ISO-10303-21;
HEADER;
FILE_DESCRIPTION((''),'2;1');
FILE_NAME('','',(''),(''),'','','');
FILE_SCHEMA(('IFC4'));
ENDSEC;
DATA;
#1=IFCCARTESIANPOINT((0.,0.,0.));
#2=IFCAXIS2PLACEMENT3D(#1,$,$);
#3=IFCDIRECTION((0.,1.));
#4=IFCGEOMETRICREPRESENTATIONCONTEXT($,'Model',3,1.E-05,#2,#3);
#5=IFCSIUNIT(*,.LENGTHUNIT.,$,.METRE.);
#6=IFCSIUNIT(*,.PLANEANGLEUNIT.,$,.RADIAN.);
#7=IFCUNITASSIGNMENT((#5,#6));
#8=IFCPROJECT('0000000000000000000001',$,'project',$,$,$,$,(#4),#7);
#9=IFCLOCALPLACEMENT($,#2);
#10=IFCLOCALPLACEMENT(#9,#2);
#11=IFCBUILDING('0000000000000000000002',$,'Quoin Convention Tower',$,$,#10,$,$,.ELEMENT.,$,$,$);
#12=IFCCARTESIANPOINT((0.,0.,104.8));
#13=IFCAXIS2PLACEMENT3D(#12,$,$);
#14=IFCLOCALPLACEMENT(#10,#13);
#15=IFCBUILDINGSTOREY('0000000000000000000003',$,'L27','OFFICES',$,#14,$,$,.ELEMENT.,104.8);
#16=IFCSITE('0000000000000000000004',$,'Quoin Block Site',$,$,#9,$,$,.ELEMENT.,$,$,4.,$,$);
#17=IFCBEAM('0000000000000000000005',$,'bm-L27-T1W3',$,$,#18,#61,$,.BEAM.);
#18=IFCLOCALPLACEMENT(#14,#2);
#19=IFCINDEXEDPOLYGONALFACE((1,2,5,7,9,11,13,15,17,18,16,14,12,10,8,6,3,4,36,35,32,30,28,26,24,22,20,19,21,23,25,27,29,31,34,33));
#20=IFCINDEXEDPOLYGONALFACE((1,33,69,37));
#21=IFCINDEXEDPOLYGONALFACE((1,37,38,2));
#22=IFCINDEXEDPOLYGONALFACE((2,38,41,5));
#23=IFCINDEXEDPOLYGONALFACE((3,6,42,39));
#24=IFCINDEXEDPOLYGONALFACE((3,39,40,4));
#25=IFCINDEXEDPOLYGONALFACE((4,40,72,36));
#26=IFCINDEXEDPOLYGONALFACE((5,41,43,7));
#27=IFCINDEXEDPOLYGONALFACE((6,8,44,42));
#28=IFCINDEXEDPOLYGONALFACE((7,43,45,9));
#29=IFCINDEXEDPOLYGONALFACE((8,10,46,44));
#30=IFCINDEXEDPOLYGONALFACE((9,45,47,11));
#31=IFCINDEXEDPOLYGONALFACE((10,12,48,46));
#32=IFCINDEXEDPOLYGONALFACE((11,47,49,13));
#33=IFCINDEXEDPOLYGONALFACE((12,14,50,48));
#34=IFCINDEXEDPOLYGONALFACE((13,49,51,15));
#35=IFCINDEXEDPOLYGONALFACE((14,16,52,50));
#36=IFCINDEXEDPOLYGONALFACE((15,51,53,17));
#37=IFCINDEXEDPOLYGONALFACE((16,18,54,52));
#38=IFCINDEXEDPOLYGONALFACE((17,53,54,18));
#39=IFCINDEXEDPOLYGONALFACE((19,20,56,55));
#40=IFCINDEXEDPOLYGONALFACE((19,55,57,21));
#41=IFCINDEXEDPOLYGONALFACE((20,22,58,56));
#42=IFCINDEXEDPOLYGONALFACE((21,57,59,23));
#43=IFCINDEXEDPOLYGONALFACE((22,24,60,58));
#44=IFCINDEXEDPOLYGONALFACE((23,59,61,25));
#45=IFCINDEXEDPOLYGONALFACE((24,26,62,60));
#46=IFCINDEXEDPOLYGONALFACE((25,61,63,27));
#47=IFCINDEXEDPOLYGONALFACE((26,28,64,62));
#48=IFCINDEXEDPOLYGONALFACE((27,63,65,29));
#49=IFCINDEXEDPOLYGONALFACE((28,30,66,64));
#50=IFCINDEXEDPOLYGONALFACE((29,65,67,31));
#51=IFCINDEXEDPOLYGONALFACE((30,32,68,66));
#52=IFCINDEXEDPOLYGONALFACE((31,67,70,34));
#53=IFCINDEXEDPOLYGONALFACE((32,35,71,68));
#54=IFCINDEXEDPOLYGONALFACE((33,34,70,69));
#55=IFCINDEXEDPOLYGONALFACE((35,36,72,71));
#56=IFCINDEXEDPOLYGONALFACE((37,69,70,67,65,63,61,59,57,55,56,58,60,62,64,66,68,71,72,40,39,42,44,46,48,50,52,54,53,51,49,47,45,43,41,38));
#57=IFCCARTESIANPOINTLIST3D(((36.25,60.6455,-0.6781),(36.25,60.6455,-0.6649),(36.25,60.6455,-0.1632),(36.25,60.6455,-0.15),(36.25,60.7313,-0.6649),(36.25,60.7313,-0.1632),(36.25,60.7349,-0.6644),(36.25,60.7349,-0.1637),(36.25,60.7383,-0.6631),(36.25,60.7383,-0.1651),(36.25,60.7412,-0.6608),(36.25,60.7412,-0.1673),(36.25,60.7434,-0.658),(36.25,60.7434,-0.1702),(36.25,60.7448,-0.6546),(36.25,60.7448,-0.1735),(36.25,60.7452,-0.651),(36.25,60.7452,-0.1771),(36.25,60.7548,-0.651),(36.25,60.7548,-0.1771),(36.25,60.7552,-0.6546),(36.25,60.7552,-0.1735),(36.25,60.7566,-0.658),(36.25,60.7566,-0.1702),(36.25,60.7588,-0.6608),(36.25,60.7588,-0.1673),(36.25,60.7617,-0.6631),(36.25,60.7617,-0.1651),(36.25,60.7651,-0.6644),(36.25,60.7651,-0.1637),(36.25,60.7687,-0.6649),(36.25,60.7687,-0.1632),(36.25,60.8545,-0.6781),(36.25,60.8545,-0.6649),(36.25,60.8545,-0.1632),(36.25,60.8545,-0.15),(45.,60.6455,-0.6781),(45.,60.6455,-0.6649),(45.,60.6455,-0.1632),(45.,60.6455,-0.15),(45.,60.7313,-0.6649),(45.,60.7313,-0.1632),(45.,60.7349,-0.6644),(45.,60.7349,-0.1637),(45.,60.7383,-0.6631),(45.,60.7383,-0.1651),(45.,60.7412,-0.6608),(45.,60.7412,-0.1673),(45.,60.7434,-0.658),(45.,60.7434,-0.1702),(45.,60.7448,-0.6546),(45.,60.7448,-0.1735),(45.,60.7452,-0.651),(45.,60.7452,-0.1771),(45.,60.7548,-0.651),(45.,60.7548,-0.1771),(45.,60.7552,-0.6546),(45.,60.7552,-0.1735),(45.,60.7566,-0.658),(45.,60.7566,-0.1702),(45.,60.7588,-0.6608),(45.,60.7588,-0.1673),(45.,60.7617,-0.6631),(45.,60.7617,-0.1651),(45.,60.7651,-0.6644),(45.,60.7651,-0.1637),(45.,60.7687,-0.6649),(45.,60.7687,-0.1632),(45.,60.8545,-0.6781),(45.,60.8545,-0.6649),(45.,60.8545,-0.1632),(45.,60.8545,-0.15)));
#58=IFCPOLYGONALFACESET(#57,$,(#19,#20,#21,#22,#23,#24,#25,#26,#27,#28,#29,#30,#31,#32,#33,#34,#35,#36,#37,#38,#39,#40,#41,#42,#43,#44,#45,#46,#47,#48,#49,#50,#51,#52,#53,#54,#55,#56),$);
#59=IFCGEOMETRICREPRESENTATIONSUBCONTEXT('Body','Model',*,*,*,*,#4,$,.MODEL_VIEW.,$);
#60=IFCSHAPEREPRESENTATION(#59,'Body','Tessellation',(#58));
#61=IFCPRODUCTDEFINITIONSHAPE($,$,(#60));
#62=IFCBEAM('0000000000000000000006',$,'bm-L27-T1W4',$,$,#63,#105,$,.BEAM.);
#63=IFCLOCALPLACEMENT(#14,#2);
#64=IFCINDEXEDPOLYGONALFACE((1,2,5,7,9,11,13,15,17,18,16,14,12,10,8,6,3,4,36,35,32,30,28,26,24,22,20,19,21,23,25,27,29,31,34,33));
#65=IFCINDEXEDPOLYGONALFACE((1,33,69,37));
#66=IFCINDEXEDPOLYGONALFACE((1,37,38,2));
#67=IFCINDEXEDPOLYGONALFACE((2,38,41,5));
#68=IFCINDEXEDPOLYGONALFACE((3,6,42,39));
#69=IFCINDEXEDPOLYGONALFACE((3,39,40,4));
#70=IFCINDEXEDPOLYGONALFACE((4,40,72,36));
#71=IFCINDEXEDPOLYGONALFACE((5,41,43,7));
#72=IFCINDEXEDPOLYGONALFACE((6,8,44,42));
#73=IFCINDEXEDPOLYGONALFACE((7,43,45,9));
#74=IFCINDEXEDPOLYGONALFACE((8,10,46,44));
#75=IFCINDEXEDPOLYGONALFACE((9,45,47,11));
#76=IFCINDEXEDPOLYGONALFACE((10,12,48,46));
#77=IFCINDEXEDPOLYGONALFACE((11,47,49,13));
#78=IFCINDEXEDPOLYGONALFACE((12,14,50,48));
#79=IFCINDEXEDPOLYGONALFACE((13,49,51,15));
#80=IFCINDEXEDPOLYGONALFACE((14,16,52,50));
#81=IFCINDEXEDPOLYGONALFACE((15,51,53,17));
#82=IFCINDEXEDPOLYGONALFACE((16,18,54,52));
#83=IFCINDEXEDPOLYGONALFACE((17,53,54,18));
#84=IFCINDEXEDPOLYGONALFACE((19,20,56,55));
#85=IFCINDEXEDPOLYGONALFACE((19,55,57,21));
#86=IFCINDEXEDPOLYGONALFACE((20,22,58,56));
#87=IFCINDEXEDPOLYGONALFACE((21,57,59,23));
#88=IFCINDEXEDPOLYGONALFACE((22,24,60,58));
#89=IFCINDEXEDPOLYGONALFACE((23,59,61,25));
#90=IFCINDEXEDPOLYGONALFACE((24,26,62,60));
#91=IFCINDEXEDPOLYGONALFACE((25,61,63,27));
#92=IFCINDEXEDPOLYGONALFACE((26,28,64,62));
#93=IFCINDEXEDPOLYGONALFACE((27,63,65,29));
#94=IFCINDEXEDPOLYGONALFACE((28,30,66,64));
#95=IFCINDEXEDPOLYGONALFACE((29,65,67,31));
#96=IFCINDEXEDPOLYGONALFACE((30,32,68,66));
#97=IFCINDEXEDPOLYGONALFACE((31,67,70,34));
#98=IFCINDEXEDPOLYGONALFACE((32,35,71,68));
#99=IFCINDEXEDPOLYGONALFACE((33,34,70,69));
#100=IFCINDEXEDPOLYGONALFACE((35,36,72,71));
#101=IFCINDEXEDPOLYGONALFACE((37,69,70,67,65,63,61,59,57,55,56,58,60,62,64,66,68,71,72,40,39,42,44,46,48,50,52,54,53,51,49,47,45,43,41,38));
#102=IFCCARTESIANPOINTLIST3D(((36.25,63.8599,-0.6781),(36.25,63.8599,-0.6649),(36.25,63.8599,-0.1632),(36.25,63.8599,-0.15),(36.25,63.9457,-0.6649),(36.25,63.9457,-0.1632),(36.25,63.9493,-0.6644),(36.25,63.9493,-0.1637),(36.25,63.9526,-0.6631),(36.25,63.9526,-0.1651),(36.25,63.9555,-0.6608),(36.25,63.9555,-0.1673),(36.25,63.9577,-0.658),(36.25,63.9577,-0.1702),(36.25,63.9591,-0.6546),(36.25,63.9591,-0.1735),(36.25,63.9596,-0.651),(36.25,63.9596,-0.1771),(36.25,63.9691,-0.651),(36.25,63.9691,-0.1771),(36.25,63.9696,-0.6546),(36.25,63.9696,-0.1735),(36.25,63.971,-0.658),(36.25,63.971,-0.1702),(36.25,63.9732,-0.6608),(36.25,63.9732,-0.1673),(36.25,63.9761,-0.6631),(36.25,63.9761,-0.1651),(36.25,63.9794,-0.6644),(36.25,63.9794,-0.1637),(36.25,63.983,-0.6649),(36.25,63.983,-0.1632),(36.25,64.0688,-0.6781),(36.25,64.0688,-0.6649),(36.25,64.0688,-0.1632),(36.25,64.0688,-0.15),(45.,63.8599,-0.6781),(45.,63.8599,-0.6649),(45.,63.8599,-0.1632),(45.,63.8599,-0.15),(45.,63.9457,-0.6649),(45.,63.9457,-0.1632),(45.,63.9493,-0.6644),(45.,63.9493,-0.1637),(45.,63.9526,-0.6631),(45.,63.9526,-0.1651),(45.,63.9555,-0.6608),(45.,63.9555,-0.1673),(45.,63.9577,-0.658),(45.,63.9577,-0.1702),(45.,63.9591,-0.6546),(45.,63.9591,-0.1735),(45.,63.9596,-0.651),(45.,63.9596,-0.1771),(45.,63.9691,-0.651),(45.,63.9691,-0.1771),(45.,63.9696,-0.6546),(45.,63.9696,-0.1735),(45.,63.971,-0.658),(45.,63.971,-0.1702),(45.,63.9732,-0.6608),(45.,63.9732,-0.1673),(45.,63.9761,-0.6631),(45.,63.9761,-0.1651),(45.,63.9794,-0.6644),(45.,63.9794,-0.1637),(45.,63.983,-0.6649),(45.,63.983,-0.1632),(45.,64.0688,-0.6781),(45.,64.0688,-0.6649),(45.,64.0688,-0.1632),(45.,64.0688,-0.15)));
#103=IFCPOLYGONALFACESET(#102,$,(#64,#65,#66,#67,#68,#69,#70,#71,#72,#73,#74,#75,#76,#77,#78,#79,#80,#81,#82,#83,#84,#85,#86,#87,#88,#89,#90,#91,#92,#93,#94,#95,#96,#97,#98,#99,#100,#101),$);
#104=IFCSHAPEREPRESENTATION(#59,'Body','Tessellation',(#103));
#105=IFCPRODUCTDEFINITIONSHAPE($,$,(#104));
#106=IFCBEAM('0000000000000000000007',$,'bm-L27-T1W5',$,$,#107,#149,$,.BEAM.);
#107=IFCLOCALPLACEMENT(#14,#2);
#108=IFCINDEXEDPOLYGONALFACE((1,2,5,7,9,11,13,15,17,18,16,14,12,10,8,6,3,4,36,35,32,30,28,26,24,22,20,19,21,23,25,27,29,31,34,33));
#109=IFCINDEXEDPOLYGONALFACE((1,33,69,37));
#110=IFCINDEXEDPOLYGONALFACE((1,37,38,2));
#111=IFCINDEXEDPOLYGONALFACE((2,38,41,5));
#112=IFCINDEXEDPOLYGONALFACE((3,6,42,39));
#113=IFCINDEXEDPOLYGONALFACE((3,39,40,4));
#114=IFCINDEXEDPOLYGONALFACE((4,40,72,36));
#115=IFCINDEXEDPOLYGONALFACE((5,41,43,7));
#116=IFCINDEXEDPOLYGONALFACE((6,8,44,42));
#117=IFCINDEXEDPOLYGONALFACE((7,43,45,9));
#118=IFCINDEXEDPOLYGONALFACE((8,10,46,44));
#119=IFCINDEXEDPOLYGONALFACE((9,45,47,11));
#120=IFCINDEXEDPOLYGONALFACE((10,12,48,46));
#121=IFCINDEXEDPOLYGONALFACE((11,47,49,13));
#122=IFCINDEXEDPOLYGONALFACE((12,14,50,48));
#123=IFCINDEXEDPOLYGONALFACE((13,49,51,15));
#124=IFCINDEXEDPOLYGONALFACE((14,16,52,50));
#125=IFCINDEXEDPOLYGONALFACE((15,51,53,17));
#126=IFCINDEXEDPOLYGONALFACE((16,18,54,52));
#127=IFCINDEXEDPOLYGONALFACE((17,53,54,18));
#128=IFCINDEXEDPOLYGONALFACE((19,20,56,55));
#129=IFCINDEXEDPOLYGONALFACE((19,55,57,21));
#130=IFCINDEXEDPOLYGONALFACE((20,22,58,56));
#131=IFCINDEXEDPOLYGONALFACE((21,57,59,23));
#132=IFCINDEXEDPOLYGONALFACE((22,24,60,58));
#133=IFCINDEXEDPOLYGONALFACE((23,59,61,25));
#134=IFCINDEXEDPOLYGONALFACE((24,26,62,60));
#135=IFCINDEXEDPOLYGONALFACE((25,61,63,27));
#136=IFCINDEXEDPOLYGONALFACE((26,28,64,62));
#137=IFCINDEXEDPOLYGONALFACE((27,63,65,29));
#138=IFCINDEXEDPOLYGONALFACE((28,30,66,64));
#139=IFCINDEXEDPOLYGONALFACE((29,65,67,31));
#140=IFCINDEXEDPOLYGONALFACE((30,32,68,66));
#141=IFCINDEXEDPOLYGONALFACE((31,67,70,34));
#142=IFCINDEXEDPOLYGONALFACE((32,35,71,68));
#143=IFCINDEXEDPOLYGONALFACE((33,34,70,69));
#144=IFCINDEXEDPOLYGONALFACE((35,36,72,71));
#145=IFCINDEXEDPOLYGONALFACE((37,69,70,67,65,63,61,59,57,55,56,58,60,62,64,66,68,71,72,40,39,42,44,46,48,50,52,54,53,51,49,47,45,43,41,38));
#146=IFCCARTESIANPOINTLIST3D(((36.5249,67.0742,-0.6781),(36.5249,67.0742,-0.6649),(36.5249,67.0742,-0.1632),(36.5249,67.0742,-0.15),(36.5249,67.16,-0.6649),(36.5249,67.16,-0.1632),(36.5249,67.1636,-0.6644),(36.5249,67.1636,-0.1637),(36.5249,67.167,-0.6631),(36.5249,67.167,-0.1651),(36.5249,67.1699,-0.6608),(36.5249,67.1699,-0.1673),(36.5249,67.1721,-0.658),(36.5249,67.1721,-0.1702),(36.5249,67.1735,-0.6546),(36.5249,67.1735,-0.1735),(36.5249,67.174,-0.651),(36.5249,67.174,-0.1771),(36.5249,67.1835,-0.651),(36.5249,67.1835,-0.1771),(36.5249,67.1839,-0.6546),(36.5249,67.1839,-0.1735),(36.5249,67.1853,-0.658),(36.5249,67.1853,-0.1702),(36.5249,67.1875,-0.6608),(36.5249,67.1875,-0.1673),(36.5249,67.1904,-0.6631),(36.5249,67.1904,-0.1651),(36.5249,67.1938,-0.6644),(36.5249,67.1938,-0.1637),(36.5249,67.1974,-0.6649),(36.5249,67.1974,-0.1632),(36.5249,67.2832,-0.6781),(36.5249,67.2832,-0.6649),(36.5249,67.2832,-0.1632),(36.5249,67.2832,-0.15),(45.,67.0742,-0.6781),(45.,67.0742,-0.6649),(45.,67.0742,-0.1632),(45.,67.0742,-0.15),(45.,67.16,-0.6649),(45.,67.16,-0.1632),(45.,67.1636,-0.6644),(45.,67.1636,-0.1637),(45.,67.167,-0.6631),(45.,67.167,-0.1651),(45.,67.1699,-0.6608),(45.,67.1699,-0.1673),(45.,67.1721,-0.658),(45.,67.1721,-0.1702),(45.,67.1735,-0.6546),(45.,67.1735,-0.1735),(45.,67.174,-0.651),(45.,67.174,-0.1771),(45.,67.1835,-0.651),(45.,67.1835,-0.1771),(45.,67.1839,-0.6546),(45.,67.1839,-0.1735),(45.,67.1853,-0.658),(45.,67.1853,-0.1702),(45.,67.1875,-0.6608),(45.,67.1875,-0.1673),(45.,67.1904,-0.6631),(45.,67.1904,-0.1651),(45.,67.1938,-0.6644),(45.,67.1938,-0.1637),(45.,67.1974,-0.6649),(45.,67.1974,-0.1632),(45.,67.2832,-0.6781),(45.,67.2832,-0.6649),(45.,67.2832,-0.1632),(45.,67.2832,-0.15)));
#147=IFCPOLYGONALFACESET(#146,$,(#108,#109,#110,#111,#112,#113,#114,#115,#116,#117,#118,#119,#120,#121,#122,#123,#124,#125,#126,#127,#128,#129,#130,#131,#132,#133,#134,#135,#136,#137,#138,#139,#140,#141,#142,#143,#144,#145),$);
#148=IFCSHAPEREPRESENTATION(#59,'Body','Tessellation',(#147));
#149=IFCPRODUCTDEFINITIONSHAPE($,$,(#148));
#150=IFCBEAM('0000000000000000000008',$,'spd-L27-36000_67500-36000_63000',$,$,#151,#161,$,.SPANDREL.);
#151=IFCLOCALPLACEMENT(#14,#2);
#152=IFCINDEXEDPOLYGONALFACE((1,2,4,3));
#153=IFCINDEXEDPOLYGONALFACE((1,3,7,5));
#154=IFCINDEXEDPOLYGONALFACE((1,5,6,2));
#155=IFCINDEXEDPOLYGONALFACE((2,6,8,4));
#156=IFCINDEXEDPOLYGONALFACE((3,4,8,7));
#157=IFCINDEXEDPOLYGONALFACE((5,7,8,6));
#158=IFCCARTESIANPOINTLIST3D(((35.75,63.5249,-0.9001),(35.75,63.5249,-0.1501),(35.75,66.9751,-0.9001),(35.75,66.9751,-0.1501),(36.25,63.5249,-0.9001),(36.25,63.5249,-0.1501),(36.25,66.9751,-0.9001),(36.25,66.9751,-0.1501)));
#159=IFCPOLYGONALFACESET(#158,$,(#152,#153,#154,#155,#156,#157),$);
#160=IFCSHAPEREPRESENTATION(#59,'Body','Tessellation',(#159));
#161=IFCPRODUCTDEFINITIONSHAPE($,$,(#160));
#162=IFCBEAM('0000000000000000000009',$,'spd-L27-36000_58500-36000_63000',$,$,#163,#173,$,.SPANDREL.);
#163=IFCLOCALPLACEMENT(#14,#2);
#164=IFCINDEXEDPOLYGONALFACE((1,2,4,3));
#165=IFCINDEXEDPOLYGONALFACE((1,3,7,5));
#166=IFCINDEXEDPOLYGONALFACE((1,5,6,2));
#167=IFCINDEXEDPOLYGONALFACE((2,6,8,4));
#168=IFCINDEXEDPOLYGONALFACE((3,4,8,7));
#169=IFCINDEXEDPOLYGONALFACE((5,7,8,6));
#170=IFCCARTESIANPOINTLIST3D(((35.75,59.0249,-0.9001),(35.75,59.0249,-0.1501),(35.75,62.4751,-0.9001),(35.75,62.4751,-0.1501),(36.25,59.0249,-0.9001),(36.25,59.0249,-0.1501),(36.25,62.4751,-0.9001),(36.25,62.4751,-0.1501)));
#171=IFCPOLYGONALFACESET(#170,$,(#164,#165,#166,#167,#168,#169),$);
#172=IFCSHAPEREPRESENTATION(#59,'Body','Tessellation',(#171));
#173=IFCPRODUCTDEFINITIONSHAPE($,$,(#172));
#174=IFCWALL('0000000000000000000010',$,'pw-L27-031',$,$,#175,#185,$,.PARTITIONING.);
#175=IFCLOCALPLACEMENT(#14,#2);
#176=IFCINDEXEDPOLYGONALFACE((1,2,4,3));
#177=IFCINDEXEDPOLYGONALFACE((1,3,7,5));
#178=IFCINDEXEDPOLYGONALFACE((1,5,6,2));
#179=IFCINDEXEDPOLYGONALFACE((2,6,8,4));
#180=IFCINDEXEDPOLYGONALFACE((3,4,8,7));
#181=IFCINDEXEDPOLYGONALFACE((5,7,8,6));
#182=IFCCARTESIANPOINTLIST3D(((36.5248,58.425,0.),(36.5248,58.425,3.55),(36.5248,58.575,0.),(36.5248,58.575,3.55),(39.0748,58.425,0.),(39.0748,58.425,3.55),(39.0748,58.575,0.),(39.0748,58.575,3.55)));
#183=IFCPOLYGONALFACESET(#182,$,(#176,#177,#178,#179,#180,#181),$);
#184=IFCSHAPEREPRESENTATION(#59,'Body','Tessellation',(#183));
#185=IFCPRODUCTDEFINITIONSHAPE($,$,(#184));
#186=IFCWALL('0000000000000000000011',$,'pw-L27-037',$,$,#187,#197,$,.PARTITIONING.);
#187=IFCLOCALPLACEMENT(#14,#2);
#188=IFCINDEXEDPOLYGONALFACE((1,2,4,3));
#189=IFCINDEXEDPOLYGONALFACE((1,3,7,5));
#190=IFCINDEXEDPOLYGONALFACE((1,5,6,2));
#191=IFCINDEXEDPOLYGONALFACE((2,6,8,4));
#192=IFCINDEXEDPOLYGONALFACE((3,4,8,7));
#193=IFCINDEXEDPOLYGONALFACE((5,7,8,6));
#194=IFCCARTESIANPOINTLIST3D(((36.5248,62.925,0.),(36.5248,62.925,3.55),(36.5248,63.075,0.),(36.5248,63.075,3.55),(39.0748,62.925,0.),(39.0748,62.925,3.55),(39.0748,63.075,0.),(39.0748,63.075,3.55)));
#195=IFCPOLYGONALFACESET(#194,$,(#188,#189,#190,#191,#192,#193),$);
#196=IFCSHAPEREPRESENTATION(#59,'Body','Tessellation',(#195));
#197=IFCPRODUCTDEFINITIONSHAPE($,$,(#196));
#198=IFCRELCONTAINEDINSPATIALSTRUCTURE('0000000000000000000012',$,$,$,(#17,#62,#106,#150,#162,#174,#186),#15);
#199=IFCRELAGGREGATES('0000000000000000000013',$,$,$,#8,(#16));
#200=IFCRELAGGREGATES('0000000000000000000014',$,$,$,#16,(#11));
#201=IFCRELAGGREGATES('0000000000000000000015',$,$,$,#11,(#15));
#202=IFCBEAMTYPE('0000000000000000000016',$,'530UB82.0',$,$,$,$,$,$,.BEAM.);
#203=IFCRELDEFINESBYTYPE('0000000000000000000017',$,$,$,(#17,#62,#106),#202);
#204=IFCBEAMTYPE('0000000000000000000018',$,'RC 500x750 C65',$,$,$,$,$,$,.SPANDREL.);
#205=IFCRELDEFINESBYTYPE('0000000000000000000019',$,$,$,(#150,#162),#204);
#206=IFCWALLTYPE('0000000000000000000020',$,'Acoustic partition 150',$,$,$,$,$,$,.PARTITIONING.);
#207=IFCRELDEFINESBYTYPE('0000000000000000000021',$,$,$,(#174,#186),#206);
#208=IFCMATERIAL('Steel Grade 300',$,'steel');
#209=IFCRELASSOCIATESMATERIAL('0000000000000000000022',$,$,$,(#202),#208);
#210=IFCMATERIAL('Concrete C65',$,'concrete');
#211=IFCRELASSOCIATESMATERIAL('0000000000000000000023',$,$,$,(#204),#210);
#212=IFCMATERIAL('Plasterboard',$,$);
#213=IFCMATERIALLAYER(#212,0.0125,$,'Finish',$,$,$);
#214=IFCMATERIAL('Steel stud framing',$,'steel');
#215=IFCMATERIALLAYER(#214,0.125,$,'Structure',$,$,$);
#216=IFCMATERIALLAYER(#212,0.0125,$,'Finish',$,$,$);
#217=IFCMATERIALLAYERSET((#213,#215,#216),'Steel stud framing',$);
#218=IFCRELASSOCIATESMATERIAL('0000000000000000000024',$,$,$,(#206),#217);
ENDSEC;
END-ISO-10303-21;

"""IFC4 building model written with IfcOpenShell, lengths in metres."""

from ifc_helpers import new_model, si_unit, direction, frame, frame_2d, origin, origin_2d, place, context, subcontext, project, spatial, rectangle, i_section, extrude, material, layer, layer_set, material_profile, profile_set, type_object, element, save


model = new_model("IFC4")

# Units and contexts
model_context = context("Model", 3, precision=1e-05, world=origin(), true_north=direction((0.0, 1.0)))
body_context = subcontext(model_context, "Body", "Model", "MODEL_VIEW")
ifc_project = project(units=[si_unit("LENGTHUNIT", "METRE"), si_unit("PLANEANGLEUNIT", "RADIAN")], contexts=[model_context])

# Site, building, storey
site_placement = place(None, origin())
site = spatial("IfcSite", under=ifc_project, at=site_placement, Name="Quoin Block Site", CompositionType="ELEMENT", RefElevation=4.0)
building_placement = place(site_placement, origin())
building = spatial("IfcBuilding", under=site, at=building_placement, Name="Quoin Convention Tower", CompositionType="ELEMENT")
storey_placement = place(building_placement, frame((0.0, 0.0, 104.8)))
storey = spatial("IfcBuildingStorey", under=building, at=storey_placement, Name="L27", Description="OFFICES", CompositionType="ELEMENT", Elevation=104.8)

# Shared definitions
ifc_material_1 = material(Name="Concrete C65", Category="concrete")

# Beams
ifc_material_2 = material(Name="Steel Grade 300", Category="steel")
ifc_material_profile_1 = material_profile(ifc_material_2, i_section(OverallWidth=0.209, OverallDepth=0.5281, WebThickness=0.0095, FlangeThickness=0.0132, FilletRadius=0.0139, at=origin_2d()), Name="530UB82.0")
ifc_profile_set_1 = profile_set([ifc_material_profile_1], Name="Steel Grade 300")
beam_type_1 = type_object("IfcBeamType", Name="530UB82.0", PredefinedType="BEAM", material=ifc_profile_set_1)
for number, where, z_axis, x_axis, name in (
    (1, (36.25, 60.75, -0.4141), (1.0, 0.0, 0.0), (0.0, 1.0, 0.0), "bm-L27-T1W3"),
    (2, (36.25, 63.9644, -0.4141), (1.0, 0.0, 0.0), (0.0, 1.0, 0.0), "bm-L27-T1W4"),
):
    element("IfcBeam", number, at=place(storey_placement, frame(where, z_axis=z_axis, x_axis=x_axis)), inside=storey, type_object=beam_type_1, Name=name, PredefinedType="BEAM", context=body_context, shape_type="SweptSolid", body=[
        extrude(i_section(OverallWidth=0.209, OverallDepth=0.5281, WebThickness=0.0095, FlangeThickness=0.0132, FilletRadius=0.0139, at=origin_2d()), origin(), (0.0, 0.0, 1.0), 8.75),
    ])
beam_1_placement = place(storey_placement, frame((36.5249, 67.1787, -0.4141), z_axis=(1.0, 0.0, 0.0), x_axis=(0.0, 1.0, 0.0)))
element("IfcBeam", 3, at=beam_1_placement, inside=storey, type_object=beam_type_1, Name="bm-L27-T1W5", PredefinedType="BEAM", context=body_context, shape_type="SweptSolid", body=[
    extrude(i_section(OverallWidth=0.209, OverallDepth=0.5281, WebThickness=0.0095, FlangeThickness=0.0132, FilletRadius=0.0139, at=origin_2d()), origin(), (0.0, 0.0, 1.0), 8.4751),
])
ifc_material_profile_2 = material_profile(ifc_material_1, rectangle(XDim=0.5, YDim=0.75, at=origin_2d()), Name="RC 500x750")
ifc_profile_set_2 = profile_set([ifc_material_profile_2], Name="Concrete C65")
beam_type_2 = type_object("IfcBeamType", Name="RC 500x750 C65", PredefinedType="SPANDREL", material=ifc_profile_set_2)
for number, where, z_axis, x_axis, name in (
    (4, (36.0, 66.9751, -0.5251), (0.0, -1.0, 0.0), (1.0, 0.0, 0.0), "spd-L27-36000_67500-36000_63000"),
    (5, (36.0, 59.0249, -0.5251), (0.0, 1.0, 0.0), (-1.0, 0.0, 0.0), "spd-L27-36000_58500-36000_63000"),
):
    element("IfcBeam", number, at=place(storey_placement, frame(where, z_axis=z_axis, x_axis=x_axis)), inside=storey, type_object=beam_type_2, Name=name, PredefinedType="SPANDREL", context=body_context, shape_type="SweptSolid", body=[
        extrude(rectangle(XDim=0.5, YDim=0.75, at=origin_2d()), origin(), (0.0, 0.0, 1.0), 3.4502),
    ])

# Walls
ifc_material_3 = material(Name="Plasterboard")
ifc_layer_1 = layer(ifc_material_3, 0.0125, Name="Finish")
ifc_material_4 = material(Name="Steel stud framing", Category="steel")
ifc_layer_2 = layer(ifc_material_4, 0.125, Name="Structure")
ifc_layer_3 = layer(ifc_material_3, 0.0125, Name="Finish")
ifc_layer_set_1 = layer_set([ifc_layer_1, ifc_layer_2, ifc_layer_3], Name="Steel stud framing")
wall_type_1 = type_object("IfcWallType", Name="Acoustic partition 150", PredefinedType="PARTITIONING", material=ifc_layer_set_1)
for number, where, z_axis, x_axis, name in (
    (6, (36.5249, 58.5, 0.0), (0.0, 0.0, 1.0), (1.0, 0.0, 0.0), "pw-L27-031"),
    (7, (36.5249, 63.0, 0.0), (0.0, 0.0, 1.0), (1.0, 0.0, 0.0), "pw-L27-037"),
):
    element("IfcWall", number, at=place(storey_placement, frame(where, z_axis=z_axis, x_axis=x_axis)), inside=storey, type_object=wall_type_1, Name=name, PredefinedType="PARTITIONING", context=body_context, shape_type="SweptSolid", body=[
        extrude(rectangle(XDim=2.55, YDim=0.1499, at=frame_2d((1.2749, 0.0))), origin(), (0.0, 0.0, 1.0), 3.55),
    ])

save(model, "model.ifc")
